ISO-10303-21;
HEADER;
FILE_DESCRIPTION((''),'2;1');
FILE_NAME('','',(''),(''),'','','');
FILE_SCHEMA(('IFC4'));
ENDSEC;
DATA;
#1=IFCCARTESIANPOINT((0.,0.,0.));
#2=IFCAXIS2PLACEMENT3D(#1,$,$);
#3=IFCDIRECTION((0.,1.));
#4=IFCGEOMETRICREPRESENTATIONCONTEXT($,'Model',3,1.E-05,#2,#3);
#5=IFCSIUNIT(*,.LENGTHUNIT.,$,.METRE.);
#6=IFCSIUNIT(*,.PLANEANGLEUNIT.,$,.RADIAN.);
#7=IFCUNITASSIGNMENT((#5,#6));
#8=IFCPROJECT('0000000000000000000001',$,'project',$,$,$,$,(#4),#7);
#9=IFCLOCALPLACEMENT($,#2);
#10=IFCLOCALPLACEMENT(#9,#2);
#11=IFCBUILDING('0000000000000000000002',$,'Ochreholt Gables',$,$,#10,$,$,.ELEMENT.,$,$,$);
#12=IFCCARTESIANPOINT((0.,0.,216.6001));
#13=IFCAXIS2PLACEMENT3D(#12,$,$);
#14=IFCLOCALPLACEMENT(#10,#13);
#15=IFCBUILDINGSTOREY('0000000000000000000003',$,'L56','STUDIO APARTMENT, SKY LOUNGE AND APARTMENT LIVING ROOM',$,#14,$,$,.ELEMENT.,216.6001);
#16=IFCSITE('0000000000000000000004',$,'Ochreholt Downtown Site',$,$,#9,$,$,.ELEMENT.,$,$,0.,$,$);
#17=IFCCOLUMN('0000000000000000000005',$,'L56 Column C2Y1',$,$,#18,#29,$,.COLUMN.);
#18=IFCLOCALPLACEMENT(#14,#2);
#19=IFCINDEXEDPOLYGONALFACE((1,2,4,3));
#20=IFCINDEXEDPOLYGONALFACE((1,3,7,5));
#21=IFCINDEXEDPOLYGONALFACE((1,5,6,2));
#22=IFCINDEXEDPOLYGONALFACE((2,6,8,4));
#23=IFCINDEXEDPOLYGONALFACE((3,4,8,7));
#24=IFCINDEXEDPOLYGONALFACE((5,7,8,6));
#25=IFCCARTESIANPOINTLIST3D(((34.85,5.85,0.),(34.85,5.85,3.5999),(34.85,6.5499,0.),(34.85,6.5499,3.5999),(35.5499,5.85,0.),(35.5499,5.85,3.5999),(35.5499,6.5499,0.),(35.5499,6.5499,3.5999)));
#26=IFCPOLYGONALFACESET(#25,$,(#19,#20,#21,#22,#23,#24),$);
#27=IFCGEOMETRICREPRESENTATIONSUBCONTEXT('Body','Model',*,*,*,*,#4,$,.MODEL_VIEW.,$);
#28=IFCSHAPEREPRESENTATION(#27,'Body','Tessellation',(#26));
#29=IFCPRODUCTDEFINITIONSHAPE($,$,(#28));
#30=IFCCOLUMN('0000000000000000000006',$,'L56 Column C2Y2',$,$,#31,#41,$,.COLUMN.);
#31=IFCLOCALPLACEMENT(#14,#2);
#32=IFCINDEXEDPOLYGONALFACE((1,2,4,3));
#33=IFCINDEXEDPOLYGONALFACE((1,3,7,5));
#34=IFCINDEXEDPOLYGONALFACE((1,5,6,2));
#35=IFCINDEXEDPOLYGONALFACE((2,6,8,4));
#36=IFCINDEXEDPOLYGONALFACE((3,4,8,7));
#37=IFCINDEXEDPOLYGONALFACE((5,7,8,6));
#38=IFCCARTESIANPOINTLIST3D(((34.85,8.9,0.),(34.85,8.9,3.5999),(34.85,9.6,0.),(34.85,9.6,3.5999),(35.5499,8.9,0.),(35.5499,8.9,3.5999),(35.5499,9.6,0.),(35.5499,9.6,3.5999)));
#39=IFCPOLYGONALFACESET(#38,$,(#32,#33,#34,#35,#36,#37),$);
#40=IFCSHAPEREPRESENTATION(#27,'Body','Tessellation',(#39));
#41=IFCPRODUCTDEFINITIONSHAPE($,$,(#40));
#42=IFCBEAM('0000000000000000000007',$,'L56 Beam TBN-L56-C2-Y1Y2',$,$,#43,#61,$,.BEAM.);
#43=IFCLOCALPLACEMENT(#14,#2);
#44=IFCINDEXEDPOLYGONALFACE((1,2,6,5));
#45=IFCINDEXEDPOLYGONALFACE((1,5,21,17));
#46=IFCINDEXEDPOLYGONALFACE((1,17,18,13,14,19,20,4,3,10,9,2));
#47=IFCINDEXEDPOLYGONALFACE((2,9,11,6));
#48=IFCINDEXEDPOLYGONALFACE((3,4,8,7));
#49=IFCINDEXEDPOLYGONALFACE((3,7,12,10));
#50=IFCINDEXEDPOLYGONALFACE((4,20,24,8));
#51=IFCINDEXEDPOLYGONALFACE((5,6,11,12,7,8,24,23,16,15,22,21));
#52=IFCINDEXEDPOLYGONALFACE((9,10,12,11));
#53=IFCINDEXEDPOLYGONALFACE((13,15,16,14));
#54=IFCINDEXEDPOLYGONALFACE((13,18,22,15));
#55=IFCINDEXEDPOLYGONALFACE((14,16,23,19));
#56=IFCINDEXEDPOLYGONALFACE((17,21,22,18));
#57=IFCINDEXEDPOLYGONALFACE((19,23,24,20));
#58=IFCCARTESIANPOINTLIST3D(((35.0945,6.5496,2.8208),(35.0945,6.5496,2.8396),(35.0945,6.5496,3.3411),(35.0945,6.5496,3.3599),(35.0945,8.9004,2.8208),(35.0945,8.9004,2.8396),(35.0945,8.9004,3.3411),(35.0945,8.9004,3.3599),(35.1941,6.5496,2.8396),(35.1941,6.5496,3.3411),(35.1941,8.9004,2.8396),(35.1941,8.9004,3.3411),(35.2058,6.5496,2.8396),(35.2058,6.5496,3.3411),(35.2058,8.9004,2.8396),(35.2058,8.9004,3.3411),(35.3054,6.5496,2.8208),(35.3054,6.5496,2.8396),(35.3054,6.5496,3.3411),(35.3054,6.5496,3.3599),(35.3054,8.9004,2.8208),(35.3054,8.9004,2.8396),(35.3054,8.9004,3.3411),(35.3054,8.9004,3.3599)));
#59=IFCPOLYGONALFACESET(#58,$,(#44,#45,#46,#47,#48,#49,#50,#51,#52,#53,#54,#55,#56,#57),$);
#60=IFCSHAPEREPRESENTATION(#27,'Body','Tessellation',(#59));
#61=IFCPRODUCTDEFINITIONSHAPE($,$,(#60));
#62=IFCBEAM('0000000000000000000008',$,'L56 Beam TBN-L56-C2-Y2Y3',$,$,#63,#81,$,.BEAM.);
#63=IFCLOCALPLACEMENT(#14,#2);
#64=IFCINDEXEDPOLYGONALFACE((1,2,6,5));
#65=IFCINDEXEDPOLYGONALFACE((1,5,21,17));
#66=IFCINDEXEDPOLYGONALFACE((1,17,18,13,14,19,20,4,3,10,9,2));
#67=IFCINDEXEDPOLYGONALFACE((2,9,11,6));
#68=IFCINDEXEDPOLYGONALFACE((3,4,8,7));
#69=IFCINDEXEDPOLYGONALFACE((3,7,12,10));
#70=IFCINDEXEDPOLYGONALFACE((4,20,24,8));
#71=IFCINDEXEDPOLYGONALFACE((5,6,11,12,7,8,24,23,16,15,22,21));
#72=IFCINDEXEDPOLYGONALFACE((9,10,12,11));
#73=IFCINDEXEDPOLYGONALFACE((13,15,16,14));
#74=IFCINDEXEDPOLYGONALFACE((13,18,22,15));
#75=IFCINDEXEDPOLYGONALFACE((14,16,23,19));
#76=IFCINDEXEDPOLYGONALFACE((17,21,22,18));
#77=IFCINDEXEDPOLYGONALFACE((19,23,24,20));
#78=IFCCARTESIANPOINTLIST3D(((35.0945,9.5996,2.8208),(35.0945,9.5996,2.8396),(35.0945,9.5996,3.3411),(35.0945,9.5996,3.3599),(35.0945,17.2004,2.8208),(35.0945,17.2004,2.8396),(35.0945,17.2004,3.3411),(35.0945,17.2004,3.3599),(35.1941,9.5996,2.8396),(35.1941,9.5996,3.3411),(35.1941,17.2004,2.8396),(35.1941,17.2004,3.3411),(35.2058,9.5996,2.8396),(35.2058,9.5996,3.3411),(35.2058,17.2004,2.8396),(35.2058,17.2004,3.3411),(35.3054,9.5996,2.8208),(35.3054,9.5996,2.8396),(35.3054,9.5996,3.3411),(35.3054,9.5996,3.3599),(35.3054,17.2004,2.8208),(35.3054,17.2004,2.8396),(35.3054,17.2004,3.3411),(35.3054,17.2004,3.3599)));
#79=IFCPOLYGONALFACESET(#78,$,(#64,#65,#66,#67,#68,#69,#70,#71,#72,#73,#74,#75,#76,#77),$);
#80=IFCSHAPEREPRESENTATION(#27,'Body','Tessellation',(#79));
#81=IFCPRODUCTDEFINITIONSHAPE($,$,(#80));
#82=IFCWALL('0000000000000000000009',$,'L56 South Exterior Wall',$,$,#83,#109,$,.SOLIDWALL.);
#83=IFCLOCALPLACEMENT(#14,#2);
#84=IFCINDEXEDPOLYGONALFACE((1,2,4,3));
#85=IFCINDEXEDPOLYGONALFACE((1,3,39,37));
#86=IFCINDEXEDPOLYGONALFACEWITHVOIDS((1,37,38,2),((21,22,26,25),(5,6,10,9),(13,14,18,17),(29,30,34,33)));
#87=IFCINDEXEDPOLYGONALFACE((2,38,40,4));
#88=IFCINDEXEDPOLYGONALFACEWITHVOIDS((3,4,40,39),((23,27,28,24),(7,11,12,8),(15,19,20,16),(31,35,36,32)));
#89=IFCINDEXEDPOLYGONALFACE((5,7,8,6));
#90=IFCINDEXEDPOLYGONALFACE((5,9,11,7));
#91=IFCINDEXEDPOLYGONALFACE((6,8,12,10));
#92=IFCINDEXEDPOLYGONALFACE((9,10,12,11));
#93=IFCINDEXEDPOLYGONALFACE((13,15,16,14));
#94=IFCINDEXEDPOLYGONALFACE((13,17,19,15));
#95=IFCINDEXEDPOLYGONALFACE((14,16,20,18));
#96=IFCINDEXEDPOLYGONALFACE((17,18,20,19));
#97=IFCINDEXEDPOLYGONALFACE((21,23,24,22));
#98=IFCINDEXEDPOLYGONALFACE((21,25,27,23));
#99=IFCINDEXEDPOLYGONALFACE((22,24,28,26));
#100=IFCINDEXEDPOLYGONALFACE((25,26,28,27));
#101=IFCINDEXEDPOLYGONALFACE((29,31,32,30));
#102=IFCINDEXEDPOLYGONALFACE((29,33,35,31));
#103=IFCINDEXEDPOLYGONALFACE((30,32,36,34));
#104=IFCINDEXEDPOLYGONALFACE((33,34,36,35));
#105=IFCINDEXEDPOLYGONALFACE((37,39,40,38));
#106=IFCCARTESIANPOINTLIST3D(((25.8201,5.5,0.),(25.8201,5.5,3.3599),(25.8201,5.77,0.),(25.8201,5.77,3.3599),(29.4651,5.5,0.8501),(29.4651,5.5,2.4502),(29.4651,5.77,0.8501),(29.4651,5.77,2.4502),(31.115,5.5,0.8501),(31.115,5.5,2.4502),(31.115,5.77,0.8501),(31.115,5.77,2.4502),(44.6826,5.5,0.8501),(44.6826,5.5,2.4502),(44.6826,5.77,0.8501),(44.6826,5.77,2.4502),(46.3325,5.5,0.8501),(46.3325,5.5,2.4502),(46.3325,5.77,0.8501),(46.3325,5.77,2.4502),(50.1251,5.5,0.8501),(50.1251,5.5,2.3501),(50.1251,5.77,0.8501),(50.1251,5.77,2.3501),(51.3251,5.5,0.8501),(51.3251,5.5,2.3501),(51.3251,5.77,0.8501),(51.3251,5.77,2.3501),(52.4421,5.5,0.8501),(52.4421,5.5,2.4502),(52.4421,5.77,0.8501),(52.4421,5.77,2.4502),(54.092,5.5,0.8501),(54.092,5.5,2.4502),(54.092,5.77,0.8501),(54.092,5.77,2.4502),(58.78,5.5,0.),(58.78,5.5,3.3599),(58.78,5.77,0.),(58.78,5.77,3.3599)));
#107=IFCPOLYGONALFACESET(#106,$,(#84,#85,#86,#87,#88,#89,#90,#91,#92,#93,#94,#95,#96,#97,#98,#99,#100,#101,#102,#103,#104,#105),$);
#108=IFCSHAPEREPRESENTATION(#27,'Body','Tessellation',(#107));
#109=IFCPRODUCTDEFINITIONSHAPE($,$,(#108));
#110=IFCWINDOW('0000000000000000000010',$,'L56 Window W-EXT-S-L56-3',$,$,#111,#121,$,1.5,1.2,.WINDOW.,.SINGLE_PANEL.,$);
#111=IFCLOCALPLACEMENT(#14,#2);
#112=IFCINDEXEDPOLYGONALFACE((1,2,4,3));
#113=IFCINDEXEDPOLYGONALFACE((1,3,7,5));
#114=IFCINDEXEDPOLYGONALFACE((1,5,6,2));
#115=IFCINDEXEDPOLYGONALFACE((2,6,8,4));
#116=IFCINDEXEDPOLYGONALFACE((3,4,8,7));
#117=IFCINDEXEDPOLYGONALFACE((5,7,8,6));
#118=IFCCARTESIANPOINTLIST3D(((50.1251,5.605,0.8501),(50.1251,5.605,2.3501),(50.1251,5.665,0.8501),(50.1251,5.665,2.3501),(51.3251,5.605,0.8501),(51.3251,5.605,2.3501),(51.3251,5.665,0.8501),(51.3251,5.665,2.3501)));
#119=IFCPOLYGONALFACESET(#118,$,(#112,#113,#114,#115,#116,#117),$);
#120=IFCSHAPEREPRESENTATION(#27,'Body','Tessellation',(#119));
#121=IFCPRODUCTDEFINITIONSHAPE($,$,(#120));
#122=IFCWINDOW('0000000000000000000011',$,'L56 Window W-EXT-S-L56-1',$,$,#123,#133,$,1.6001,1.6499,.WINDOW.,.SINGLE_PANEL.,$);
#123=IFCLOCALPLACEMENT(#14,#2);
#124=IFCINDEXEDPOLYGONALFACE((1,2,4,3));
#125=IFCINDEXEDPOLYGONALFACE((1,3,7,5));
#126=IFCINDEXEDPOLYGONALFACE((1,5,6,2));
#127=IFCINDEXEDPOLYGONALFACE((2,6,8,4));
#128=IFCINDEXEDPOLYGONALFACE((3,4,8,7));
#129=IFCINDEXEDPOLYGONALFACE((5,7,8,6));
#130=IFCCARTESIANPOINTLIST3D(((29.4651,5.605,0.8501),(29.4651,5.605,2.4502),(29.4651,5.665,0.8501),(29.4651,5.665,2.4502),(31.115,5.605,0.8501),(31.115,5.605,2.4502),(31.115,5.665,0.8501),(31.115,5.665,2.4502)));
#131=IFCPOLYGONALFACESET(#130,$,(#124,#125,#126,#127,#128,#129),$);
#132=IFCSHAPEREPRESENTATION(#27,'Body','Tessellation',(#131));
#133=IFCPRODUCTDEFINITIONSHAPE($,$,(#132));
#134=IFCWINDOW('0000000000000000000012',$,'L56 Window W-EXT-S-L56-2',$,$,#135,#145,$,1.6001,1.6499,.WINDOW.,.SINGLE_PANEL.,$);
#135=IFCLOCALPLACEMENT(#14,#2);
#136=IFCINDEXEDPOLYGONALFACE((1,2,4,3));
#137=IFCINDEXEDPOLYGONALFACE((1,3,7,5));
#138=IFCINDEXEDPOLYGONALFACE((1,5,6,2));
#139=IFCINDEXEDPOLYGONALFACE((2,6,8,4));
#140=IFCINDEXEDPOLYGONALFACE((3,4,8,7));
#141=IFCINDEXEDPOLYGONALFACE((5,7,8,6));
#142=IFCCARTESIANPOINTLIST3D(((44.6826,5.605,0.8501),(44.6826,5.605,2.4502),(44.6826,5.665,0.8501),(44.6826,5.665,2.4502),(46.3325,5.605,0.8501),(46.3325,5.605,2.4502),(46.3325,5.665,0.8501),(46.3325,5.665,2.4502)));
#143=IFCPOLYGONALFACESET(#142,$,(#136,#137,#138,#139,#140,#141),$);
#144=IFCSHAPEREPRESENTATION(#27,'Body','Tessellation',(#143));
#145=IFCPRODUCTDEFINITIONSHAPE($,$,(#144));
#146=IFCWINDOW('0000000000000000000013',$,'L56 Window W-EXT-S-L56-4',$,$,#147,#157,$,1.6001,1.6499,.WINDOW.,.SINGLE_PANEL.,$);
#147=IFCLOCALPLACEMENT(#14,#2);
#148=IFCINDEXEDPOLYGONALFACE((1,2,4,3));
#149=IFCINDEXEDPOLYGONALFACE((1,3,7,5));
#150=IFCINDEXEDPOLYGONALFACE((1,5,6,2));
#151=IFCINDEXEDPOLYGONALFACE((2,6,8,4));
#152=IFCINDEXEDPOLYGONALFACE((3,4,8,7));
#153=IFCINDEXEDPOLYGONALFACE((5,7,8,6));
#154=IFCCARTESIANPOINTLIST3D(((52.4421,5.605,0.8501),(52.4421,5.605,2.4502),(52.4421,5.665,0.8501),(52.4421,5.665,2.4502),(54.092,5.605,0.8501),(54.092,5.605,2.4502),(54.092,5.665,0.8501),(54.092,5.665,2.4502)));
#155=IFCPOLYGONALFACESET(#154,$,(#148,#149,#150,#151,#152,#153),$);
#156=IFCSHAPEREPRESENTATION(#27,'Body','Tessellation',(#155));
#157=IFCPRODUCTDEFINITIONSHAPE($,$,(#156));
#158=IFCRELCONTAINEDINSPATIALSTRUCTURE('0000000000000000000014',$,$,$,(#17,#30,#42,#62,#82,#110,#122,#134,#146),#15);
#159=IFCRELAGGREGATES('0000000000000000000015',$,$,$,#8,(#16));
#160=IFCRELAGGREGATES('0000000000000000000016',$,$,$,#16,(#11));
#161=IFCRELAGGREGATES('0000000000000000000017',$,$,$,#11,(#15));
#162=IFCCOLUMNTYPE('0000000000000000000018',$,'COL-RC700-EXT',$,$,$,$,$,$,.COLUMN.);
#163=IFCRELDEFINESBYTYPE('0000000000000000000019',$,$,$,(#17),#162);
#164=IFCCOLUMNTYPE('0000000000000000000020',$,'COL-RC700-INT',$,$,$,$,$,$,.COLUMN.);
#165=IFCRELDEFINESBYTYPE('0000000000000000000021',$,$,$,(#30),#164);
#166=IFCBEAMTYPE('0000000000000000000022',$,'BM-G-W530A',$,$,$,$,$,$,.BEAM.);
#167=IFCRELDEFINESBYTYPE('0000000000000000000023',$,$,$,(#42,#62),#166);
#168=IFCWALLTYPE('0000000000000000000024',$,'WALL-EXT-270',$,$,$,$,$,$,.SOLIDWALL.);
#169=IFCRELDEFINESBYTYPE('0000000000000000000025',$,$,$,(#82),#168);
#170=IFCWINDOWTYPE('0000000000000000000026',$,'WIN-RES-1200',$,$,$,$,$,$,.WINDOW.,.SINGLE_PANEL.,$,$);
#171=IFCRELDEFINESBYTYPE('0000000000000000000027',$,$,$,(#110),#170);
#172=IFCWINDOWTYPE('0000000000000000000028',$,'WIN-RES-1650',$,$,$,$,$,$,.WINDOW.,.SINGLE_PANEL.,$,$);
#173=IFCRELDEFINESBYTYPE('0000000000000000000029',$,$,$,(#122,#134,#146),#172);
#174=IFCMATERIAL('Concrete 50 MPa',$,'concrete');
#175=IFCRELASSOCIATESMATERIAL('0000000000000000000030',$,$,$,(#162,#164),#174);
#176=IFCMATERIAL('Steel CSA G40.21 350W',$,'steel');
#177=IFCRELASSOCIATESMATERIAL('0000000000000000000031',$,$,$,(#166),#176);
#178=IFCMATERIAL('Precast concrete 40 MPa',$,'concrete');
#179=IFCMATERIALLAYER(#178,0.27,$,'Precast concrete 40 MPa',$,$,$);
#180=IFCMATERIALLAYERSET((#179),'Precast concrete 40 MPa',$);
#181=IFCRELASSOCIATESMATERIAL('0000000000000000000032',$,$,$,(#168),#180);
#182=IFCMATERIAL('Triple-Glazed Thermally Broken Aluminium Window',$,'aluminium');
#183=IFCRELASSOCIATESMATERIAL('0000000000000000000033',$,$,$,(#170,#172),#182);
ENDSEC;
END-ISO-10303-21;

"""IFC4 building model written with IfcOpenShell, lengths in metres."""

from ifc_helpers import new_model, si_unit, direction, frame, frame_2d, origin, origin_2d, place, context, subcontext, project, spatial, rectangle, i_section, extrude, material, layer, layer_set, material_profile, profile_set, type_object, element, fill, save


model = new_model("IFC4")

# Units and contexts
model_context = context("Model", 3, precision=1e-05, world=origin(), true_north=direction((0.0, 1.0)))
body_context = subcontext(model_context, "Body", "Model", "MODEL_VIEW")
ifc_project = project(units=[si_unit("LENGTHUNIT", "METRE"), si_unit("PLANEANGLEUNIT", "RADIAN")], contexts=[model_context])

# Site, building, storey
site_placement = place(None, origin())
site = spatial("IfcSite", under=ifc_project, at=site_placement, Name="Ochreholt Downtown Site", CompositionType="ELEMENT", RefElevation=0.0)
building_placement = place(site_placement, origin())
building = spatial("IfcBuilding", under=site, at=building_placement, Name="Ochreholt Gables", CompositionType="ELEMENT")
storey_placement = place(building_placement, frame((0.0, 0.0, 216.6001)))
storey = spatial("IfcBuildingStorey", under=building, at=storey_placement, Name="L56", Description="STUDIO APARTMENT, SKY LOUNGE AND APARTMENT LIVING ROOM", CompositionType="ELEMENT", Elevation=216.6001)

# Columns
ifc_material_1 = material(Name="Concrete 50 MPa", Category="concrete")
ifc_material_profile_1 = material_profile(ifc_material_1, rectangle(XDim=0.7, YDim=0.7, at=origin_2d()), Name="RC700X700")
ifc_profile_set_1 = profile_set([ifc_material_profile_1], Name="Concrete 50 MPa")
column_type_1 = type_object("IfcColumnType", Name="COL-RC700-EXT", PredefinedType="COLUMN", material=ifc_profile_set_1)
column_1_placement = place(storey_placement, frame((35.2, 6.2, 0.0), z_axis=(0.0, 0.0, 1.0), x_axis=(1.0, 0.0, 0.0)))
element("IfcColumn", 1, at=column_1_placement, inside=storey, type_object=column_type_1, Name="L56 Column C2Y1", PredefinedType="COLUMN", context=body_context, shape_type="SweptSolid", body=[
    extrude(rectangle(XDim=0.7, YDim=0.7, at=origin_2d()), origin(), (0.0, 0.0, 1.0), 3.5999),
])
ifc_material_profile_2 = material_profile(ifc_material_1, rectangle(XDim=0.7, YDim=0.7, at=origin_2d()), Name="RC700X700")
ifc_profile_set_2 = profile_set([ifc_material_profile_2], Name="Concrete 50 MPa")
column_type_2 = type_object("IfcColumnType", Name="COL-RC700-INT", PredefinedType="COLUMN", material=ifc_profile_set_2)
column_2_placement = place(storey_placement, frame((35.2, 9.25, 0.0), z_axis=(0.0, 0.0, 1.0), x_axis=(1.0, 0.0, 0.0)))
element("IfcColumn", 2, at=column_2_placement, inside=storey, type_object=column_type_2, Name="L56 Column C2Y2", PredefinedType="COLUMN", context=body_context, shape_type="SweptSolid", body=[
    extrude(rectangle(XDim=0.7, YDim=0.7, at=origin_2d()), origin(), (0.0, 0.0, 1.0), 3.5999),
])

# Beams
ifc_material_2 = material(Name="Steel CSA G40.21 350W", Category="steel")
ifc_material_profile_3 = material_profile(ifc_material_2, i_section(OverallWidth=0.2109, OverallDepth=0.5391, WebThickness=0.0117, FlangeThickness=0.0188, at=origin_2d()), Name="W530X109")
ifc_profile_set_3 = profile_set([ifc_material_profile_3], Name="Steel CSA G40.21 350W")
beam_type = type_object("IfcBeamType", Name="BM-G-W530A", PredefinedType="BEAM", material=ifc_profile_set_3)
beam_1_placement = place(storey_placement, frame((35.2, 6.5496, 3.0903), z_axis=(0.0, 1.0, 0.0), x_axis=(-1.0, 0.0, 0.0)))
element("IfcBeam", 3, at=beam_1_placement, inside=storey, type_object=beam_type, Name="L56 Beam TBN-L56-C2-Y1Y2", PredefinedType="BEAM", context=body_context, shape_type="SweptSolid", body=[
    extrude(i_section(OverallWidth=0.2109, OverallDepth=0.5391, WebThickness=0.0117, FlangeThickness=0.0188, at=origin_2d()), origin(), (0.0, 0.0, 1.0), 2.3508),
])
beam_2_placement = place(storey_placement, frame((35.2, 9.5996, 3.0903), z_axis=(0.0, 1.0, 0.0), x_axis=(-1.0, 0.0, 0.0)))
element("IfcBeam", 4, at=beam_2_placement, inside=storey, type_object=beam_type, Name="L56 Beam TBN-L56-C2-Y2Y3", PredefinedType="BEAM", context=body_context, shape_type="SweptSolid", body=[
    extrude(i_section(OverallWidth=0.2109, OverallDepth=0.5391, WebThickness=0.0117, FlangeThickness=0.0188, at=origin_2d()), origin(), (0.0, 0.0, 1.0), 7.6008),
])

# Wall, openings, windows
ifc_material_3 = material(Name="Precast concrete 40 MPa", Category="concrete")
ifc_layer_1 = layer(ifc_material_3, 0.27, Name="Precast concrete 40 MPa")
ifc_layer_set_1 = layer_set([ifc_layer_1], Name="Precast concrete 40 MPa")
wall_type_1 = type_object("IfcWallType", Name="WALL-EXT-270", PredefinedType="SOLIDWALL", material=ifc_layer_set_1)
wall_1_placement = place(storey_placement, frame((25.8201, 5.635, 0.0), z_axis=(0.0, 0.0, 1.0), x_axis=(1.0, 0.0, 0.0)))
wall_1 = element("IfcWall", 5, at=wall_1_placement, inside=storey, type_object=wall_type_1, Name="L56 South Exterior Wall", PredefinedType="SOLIDWALL", context=body_context, shape_type="SweptSolid", body=[
    extrude(rectangle(XDim=32.96, YDim=0.27, at=frame_2d((16.48, 0.0))), origin(), (0.0, 0.0, 1.0), 3.3599),
])
opening_1_placement = place(wall_1_placement, frame((3.645, 0.0, 0.8501)))
opening_1 = element("IfcOpeningElement", 6, at=opening_1_placement, cuts=wall_1, PredefinedType="OPENING", context=body_context, shape_type="SweptSolid", body=[
    extrude(rectangle(XDim=1.6499, YDim=1.6001, at=frame_2d((0.825, 0.8))), frame((0.0, 0.145, 0.0), z_axis=(0.0, -1.0, 0.0), x_axis=(1.0, 0.0, 0.0)), (0.0, 0.0, 1.0), 0.29),
])
opening_2_placement = place(wall_1_placement, frame((18.8625, 0.0, 0.8501)))
opening_2 = element("IfcOpeningElement", 7, at=opening_2_placement, cuts=wall_1, PredefinedType="OPENING", context=body_context, shape_type="SweptSolid", body=[
    extrude(rectangle(XDim=1.6499, YDim=1.6001, at=frame_2d((0.825, 0.8))), frame((0.0, 0.145, 0.0), z_axis=(0.0, -1.0, 0.0), x_axis=(1.0, 0.0, 0.0)), (0.0, 0.0, 1.0), 0.29),
])
opening_3_placement = place(wall_1_placement, frame((24.3049, 0.0, 0.8501)))
opening_3 = element("IfcOpeningElement", 8, at=opening_3_placement, cuts=wall_1, PredefinedType="OPENING", context=body_context, shape_type="SweptSolid", body=[
    extrude(rectangle(XDim=1.2, YDim=1.5, at=frame_2d((0.6001, 0.75))), frame((0.0, 0.145, 0.0), z_axis=(0.0, -1.0, 0.0), x_axis=(1.0, 0.0, 0.0)), (0.0, 0.0, 1.0), 0.29),
])
opening_4_placement = place(wall_1_placement, frame((26.6221, 0.0, 0.8501)))
opening_4 = element("IfcOpeningElement", 9, at=opening_4_placement, cuts=wall_1, PredefinedType="OPENING", context=body_context, shape_type="SweptSolid", body=[
    extrude(rectangle(XDim=1.6499, YDim=1.6001, at=frame_2d((0.825, 0.8))), frame((0.0, 0.145, 0.0), z_axis=(0.0, -1.0, 0.0), x_axis=(1.0, 0.0, 0.0)), (0.0, 0.0, 1.0), 0.29),
])
ifc_material_4 = material(Name="Triple-Glazed Thermally Broken Aluminium Window", Category="aluminium")
window_type_1 = type_object("IfcWindowType", Name="WIN-RES-1200", PartitioningType="SINGLE_PANEL", PredefinedType="WINDOW", material=ifc_material_4)
window_1_placement = place(opening_3_placement, origin())
window_1 = element("IfcWindow", 10, at=window_1_placement, inside=storey, type_object=window_type_1, Name="L56 Window W-EXT-S-L56-3", OverallHeight=1.5, OverallWidth=1.2, PartitioningType="SINGLE_PANEL", PredefinedType="WINDOW", context=body_context, shape_type="SweptSolid", body=[
    extrude(rectangle(XDim=1.2, YDim=1.5, at=frame_2d((0.6001, 0.75))), frame((0.0, 0.03, 0.0), z_axis=(0.0, -1.0, 0.0), x_axis=(1.0, 0.0, 0.0)), (0.0, 0.0, 1.0), 0.0601),
])
fill(opening_3, window_1)
window_type_2 = type_object("IfcWindowType", Name="WIN-RES-1650", PartitioningType="SINGLE_PANEL", PredefinedType="WINDOW", material=ifc_material_4)
window_2_placement = place(opening_1_placement, origin())
window_2 = element("IfcWindow", 11, at=window_2_placement, inside=storey, type_object=window_type_2, Name="L56 Window W-EXT-S-L56-1", OverallHeight=1.6001, OverallWidth=1.6499, PartitioningType="SINGLE_PANEL", PredefinedType="WINDOW", context=body_context, shape_type="SweptSolid", body=[
    extrude(rectangle(XDim=1.6499, YDim=1.6001, at=frame_2d((0.825, 0.8))), frame((0.0, 0.03, 0.0), z_axis=(0.0, -1.0, 0.0), x_axis=(1.0, 0.0, 0.0)), (0.0, 0.0, 1.0), 0.0601),
])
fill(opening_1, window_2)
window_3_placement = place(opening_2_placement, origin())
window_3 = element("IfcWindow", 12, at=window_3_placement, inside=storey, type_object=window_type_2, Name="L56 Window W-EXT-S-L56-2", OverallHeight=1.6001, OverallWidth=1.6499, PartitioningType="SINGLE_PANEL", PredefinedType="WINDOW", context=body_context, shape_type="SweptSolid", body=[
    extrude(rectangle(XDim=1.6499, YDim=1.6001, at=frame_2d((0.825, 0.8))), frame((0.0, 0.03, 0.0), z_axis=(0.0, -1.0, 0.0), x_axis=(1.0, 0.0, 0.0)), (0.0, 0.0, 1.0), 0.0601),
])
fill(opening_2, window_3)
window_4_placement = place(opening_4_placement, origin())
window_4 = element("IfcWindow", 13, at=window_4_placement, inside=storey, type_object=window_type_2, Name="L56 Window W-EXT-S-L56-4", OverallHeight=1.6001, OverallWidth=1.6499, PartitioningType="SINGLE_PANEL", PredefinedType="WINDOW", context=body_context, shape_type="SweptSolid", body=[
    extrude(rectangle(XDim=1.6499, YDim=1.6001, at=frame_2d((0.825, 0.8))), frame((0.0, 0.03, 0.0), z_axis=(0.0, -1.0, 0.0), x_axis=(1.0, 0.0, 0.0)), (0.0, 0.0, 1.0), 0.0601),
])
fill(opening_4, window_4)

save(model, "model.ifc")
